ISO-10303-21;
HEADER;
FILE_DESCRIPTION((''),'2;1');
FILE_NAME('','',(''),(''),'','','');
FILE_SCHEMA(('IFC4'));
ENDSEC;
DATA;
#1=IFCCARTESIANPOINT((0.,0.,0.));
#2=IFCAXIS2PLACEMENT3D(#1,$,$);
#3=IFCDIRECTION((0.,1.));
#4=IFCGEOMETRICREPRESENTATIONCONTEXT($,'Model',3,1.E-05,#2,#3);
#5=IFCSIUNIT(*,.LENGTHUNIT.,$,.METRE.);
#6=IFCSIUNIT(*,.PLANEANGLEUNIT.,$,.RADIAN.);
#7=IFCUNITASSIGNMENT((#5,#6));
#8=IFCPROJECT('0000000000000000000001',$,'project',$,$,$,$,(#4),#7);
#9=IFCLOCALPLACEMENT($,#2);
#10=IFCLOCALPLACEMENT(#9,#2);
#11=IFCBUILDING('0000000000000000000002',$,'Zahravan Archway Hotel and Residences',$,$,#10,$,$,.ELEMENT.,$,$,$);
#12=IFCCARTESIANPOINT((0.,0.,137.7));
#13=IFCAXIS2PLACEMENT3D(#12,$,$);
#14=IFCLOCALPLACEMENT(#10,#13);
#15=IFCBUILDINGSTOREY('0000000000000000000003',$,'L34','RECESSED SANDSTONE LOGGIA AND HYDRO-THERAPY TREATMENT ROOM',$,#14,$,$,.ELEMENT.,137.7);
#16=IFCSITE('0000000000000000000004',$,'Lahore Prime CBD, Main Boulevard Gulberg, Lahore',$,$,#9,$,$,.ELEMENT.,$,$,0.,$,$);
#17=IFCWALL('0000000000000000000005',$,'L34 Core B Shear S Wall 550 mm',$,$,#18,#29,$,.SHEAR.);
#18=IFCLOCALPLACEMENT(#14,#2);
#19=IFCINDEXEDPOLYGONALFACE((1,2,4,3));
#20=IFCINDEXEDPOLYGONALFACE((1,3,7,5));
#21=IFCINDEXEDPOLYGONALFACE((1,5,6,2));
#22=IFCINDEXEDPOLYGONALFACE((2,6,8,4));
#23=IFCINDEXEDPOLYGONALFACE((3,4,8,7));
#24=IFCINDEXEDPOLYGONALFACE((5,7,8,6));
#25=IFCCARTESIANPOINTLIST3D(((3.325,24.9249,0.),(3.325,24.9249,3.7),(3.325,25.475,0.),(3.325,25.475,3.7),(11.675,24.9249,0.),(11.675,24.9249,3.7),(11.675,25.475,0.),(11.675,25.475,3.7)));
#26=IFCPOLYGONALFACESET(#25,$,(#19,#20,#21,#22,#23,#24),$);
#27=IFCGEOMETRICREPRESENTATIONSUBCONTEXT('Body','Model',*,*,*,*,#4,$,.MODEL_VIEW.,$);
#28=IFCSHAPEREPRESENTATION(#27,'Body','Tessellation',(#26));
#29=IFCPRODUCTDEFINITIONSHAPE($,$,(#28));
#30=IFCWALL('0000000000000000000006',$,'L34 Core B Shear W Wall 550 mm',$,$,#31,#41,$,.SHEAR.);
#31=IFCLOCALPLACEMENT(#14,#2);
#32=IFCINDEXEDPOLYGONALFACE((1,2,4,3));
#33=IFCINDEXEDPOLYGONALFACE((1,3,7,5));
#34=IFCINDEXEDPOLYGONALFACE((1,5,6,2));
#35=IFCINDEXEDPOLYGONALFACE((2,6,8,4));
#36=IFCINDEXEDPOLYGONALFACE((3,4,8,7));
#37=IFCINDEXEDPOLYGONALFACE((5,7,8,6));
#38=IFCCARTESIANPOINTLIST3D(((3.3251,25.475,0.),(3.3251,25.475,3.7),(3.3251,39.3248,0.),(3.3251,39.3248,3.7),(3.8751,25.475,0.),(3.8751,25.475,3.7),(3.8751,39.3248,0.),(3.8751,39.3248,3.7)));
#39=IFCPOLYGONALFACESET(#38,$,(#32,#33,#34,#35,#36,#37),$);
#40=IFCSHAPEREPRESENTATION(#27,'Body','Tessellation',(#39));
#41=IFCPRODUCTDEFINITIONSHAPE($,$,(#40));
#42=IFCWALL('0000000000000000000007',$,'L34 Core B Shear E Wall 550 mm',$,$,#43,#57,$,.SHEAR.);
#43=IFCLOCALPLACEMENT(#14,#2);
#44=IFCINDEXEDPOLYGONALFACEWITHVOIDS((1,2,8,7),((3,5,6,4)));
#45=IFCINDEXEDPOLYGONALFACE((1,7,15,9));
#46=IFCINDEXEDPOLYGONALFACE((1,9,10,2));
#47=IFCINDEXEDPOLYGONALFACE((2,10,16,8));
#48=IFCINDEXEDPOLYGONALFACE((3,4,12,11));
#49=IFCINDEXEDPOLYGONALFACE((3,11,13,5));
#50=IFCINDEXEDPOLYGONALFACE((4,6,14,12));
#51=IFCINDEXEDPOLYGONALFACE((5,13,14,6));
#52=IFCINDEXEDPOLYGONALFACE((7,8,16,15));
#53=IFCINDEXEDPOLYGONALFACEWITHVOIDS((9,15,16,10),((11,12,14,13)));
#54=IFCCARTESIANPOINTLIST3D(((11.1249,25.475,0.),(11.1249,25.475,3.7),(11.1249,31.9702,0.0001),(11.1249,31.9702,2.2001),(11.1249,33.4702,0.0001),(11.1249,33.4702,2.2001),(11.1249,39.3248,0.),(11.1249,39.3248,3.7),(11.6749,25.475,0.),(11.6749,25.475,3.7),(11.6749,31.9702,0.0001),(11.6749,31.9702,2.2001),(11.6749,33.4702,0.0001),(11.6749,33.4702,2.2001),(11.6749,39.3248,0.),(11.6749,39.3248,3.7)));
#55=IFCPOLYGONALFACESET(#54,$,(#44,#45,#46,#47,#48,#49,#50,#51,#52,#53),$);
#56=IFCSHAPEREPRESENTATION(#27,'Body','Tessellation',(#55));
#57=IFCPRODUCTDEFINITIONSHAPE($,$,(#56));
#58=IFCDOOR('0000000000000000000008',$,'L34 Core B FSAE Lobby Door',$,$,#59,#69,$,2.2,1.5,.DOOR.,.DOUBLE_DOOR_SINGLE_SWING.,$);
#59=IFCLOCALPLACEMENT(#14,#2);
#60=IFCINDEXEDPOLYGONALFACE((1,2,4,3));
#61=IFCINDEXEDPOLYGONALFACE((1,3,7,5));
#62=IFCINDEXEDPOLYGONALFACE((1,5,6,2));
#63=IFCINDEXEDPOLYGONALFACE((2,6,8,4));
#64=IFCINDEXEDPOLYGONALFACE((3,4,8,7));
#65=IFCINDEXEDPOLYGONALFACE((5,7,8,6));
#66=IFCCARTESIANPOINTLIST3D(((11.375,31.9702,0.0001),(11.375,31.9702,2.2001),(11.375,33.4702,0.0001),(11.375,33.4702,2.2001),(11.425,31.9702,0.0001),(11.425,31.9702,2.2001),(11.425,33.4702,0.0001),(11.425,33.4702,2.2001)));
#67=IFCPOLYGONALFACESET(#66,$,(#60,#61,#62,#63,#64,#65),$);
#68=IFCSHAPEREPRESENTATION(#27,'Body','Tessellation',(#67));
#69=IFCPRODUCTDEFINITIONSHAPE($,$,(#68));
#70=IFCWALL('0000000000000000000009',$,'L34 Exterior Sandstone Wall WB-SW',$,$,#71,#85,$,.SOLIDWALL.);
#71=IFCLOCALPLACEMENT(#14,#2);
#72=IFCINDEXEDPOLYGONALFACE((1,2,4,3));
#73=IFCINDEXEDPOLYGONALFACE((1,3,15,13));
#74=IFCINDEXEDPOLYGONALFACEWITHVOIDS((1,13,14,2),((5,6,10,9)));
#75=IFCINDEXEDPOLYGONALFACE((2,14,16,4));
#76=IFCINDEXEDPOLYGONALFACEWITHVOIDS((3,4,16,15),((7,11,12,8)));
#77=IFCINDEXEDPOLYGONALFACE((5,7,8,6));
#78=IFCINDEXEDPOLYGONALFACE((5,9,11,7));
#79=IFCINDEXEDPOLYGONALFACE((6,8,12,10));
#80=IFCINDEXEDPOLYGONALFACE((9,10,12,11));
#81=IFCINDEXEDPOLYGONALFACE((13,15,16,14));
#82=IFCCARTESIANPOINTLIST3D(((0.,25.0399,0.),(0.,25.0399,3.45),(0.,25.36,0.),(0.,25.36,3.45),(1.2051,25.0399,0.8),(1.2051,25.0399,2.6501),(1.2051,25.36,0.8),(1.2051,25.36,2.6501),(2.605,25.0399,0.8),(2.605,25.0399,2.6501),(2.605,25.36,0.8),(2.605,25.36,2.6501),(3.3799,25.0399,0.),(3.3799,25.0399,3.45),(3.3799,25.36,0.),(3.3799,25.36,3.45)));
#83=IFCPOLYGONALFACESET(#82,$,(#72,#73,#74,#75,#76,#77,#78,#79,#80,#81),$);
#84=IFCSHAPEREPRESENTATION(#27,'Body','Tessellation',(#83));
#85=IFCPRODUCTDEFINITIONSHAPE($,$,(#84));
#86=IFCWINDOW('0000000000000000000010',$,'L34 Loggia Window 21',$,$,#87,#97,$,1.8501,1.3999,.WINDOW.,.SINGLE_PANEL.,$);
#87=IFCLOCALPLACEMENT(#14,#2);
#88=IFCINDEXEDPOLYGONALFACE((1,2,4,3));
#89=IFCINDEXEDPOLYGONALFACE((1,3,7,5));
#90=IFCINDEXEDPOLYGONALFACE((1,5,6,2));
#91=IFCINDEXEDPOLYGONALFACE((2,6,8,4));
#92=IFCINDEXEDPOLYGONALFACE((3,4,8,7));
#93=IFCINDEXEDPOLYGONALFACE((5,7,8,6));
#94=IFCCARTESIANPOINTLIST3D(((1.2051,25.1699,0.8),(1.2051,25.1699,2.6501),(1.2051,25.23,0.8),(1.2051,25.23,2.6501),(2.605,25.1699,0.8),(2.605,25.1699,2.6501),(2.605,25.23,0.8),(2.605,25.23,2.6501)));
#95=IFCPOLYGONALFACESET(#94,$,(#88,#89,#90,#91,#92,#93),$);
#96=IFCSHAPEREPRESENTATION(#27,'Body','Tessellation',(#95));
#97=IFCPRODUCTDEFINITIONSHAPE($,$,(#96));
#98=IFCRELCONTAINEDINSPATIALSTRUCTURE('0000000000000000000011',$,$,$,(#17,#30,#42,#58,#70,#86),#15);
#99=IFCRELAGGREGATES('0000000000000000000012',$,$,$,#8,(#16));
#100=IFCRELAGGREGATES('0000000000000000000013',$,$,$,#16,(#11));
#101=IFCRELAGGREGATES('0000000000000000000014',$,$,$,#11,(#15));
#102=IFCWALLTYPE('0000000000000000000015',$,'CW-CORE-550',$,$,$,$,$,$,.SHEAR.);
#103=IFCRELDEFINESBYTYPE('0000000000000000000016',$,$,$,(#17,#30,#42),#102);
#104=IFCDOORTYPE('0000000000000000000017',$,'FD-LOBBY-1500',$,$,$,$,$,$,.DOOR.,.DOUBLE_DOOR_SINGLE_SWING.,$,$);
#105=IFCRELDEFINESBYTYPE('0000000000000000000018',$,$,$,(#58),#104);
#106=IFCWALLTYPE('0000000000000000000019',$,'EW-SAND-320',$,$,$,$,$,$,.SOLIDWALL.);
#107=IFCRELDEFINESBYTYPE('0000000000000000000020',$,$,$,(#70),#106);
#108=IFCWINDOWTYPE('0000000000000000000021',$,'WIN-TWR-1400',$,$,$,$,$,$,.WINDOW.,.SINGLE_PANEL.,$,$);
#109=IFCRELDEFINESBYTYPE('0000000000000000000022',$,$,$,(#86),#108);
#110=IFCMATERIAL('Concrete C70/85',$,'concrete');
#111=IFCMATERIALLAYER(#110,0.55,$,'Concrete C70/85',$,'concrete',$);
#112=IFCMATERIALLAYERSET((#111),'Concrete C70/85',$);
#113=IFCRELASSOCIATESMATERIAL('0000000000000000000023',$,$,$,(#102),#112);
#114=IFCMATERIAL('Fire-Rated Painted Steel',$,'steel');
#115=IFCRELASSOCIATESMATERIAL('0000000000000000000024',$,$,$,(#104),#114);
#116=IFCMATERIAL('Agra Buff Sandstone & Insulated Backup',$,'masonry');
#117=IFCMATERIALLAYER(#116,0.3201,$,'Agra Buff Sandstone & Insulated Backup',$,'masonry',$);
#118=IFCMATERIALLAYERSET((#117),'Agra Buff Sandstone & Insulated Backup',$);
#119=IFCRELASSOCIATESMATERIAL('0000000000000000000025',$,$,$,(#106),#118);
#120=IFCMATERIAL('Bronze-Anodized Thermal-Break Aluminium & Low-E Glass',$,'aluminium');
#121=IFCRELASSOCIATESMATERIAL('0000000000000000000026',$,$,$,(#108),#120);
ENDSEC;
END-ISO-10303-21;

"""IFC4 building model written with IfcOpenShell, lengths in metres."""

from ifc_helpers import new_model, si_unit, direction, frame, frame_2d, origin, place, context, subcontext, project, spatial, rectangle, extrude, source, transform, mapped, material, layer, layer_set, type_object, type_shapes, element, fill, save


model = new_model("IFC4")

# Units and contexts
model_context = context("Model", 3, precision=1e-05, world=origin(), true_north=direction((0.0, 1.0)))
body_context = subcontext(model_context, "Body", "Model", "MODEL_VIEW")
ifc_project = project(units=[si_unit("LENGTHUNIT", "METRE"), si_unit("PLANEANGLEUNIT", "RADIAN")], contexts=[model_context])

# Site, building, storey
site_placement = place(None, origin())
site = spatial("IfcSite", under=ifc_project, at=site_placement, Name="Lahore Prime CBD, Main Boulevard Gulberg, Lahore", CompositionType="ELEMENT", RefElevation=0.0)
building_placement = place(site_placement, origin())
building = spatial("IfcBuilding", under=site, at=building_placement, Name="Zahravan Archway Hotel and Residences", CompositionType="ELEMENT")
storey_placement = place(building_placement, frame((0.0, 0.0, 137.7)))
storey = spatial("IfcBuildingStorey", under=building, at=storey_placement, Name="L34", Description="RECESSED SANDSTONE LOGGIA AND HYDRO-THERAPY TREATMENT ROOM", CompositionType="ELEMENT", Elevation=137.7)

# Walls
ifc_material_1 = material(Name="Concrete C70/85", Category="concrete")
ifc_layer_1 = layer(ifc_material_1, 0.55, Name="Concrete C70/85", Category="concrete")
ifc_layer_set_1 = layer_set([ifc_layer_1], Name="Concrete C70/85")
wall_type_1 = type_object("IfcWallType", Name="CW-CORE-550", PredefinedType="SHEAR", material=ifc_layer_set_1)
wall_1_placement = place(storey_placement, frame((3.325, 25.2, 0.0), z_axis=(0.0, 0.0, 1.0), x_axis=(1.0, 0.0, 0.0)))
element("IfcWall", 1, at=wall_1_placement, inside=storey, type_object=wall_type_1, Name="L34 Core B Shear S Wall 550 mm", PredefinedType="SHEAR", context=body_context, shape_type="SweptSolid", body=[
    extrude(rectangle(XDim=8.3501, YDim=0.55, at=frame_2d((4.175, 0.0))), origin(), (0.0, 0.0, 1.0), 3.7),
])
wall_2_placement = place(storey_placement, frame((3.6001, 25.4751, 0.0), z_axis=(0.0, 0.0, 1.0), x_axis=(0.0, 1.0, 0.0)))
element("IfcWall", 2, at=wall_2_placement, inside=storey, type_object=wall_type_1, Name="L34 Core B Shear W Wall 550 mm", PredefinedType="SHEAR", context=body_context, shape_type="SweptSolid", body=[
    extrude(rectangle(XDim=13.8499, YDim=0.55, at=frame_2d((6.9248, 0.0))), origin(), (0.0, 0.0, 1.0), 3.7),
])

# Wall, opening, door
wall_3_placement = place(storey_placement, frame((11.3999, 25.4751, 0.0), z_axis=(0.0, 0.0, 1.0), x_axis=(0.0, 1.0, 0.0)))
wall_3 = element("IfcWall", 3, at=wall_3_placement, inside=storey, type_object=wall_type_1, Name="L34 Core B Shear E Wall 550 mm", PredefinedType="SHEAR", context=body_context, shape_type="SweptSolid", body=[
    extrude(rectangle(XDim=13.8499, YDim=0.55, at=frame_2d((6.9248, 0.0))), origin(), (0.0, 0.0, 1.0), 3.7),
])
opening_1_placement = place(wall_3_placement, frame((6.4951, 0.0, 0.0)))
opening_1 = element("IfcOpeningElement", 4, at=opening_1_placement, cuts=wall_3, PredefinedType="OPENING", context=body_context, shape_type="SweptSolid", body=[
    extrude(rectangle(XDim=1.5, YDim=2.2, at=frame_2d((0.75, 1.1001))), frame((0.0, 0.2852, 0.0), z_axis=(0.0, -1.0, 0.0), x_axis=(1.0, 0.0, 0.0)), (0.0, 0.0, 1.0), 0.5701),
])
ifc_material_2 = material(Name="Fire-Rated Painted Steel", Category="steel")
door_type_1 = type_object("IfcDoorType", Name="FD-LOBBY-1500", OperationType="DOUBLE_DOOR_SINGLE_SWING", PredefinedType="DOOR", material=ifc_material_2)
shared_shape_1 = source(origin(), body_context, "Body", "SweptSolid", [
    extrude(rectangle(XDim=1.5, YDim=2.2, at=frame_2d((0.75, 1.1001))), frame((0.0, 0.0249, 0.0), z_axis=(0.0, -1.0, 0.0), x_axis=(1.0, 0.0, 0.0)), (0.0, 0.0, 1.0), 0.05),
])
type_shapes(door_type_1, [shared_shape_1])
door_1_placement = place(opening_1_placement, origin())
door_1 = element("IfcDoor", 5, at=door_1_placement, inside=storey, type_object=door_type_1, Name="L34 Core B FSAE Lobby Door", OperationType="DOUBLE_DOOR_SINGLE_SWING", OverallHeight=2.2, OverallWidth=1.5, PredefinedType="DOOR", context=body_context, shape_type="MappedRepresentation", body=[
    mapped(shared_shape_1, transform((0.0, 0.0, 0.0), scale=1.0)),
])
fill(opening_1, door_1)

# Wall, opening, window
ifc_material_3 = material(Name="Agra Buff Sandstone & Insulated Backup", Category="masonry")
ifc_layer_2 = layer(ifc_material_3, 0.3201, Name="Agra Buff Sandstone & Insulated Backup", Category="masonry")
ifc_layer_set_2 = layer_set([ifc_layer_2], Name="Agra Buff Sandstone & Insulated Backup")
wall_type_2 = type_object("IfcWallType", Name="EW-SAND-320", PredefinedType="SOLIDWALL", material=ifc_layer_set_2)
wall_4_placement = place(storey_placement, frame((0.0, 25.2, 0.0), z_axis=(0.0, 0.0, 1.0), x_axis=(1.0, 0.0, 0.0)))
wall_4 = element("IfcWall", 6, at=wall_4_placement, inside=storey, type_object=wall_type_2, Name="L34 Exterior Sandstone Wall WB-SW", PredefinedType="SOLIDWALL", context=body_context, shape_type="SweptSolid", body=[
    extrude(rectangle(XDim=3.3799, YDim=0.3201, at=frame_2d((1.6899, 0.0))), origin(), (0.0, 0.0, 1.0), 3.45),
])
opening_2_placement = place(wall_4_placement, frame((1.2051, 0.0, 0.8)))
opening_2 = element("IfcOpeningElement", 7, at=opening_2_placement, cuts=wall_4, PredefinedType="OPENING", context=body_context, shape_type="SweptSolid", body=[
    extrude(rectangle(XDim=1.3999, YDim=1.8501, at=frame_2d((0.7, 0.925))), frame((0.0, 0.1699, 0.0), z_axis=(0.0, -1.0, 0.0), x_axis=(1.0, 0.0, 0.0)), (0.0, 0.0, 1.0), 0.3401),
])
ifc_material_4 = material(Name="Bronze-Anodized Thermal-Break Aluminium & Low-E Glass", Category="aluminium")
window_type_1 = type_object("IfcWindowType", Name="WIN-TWR-1400", PartitioningType="SINGLE_PANEL", PredefinedType="WINDOW", material=ifc_material_4)
shared_shape_2 = source(origin(), body_context, "Body", "SweptSolid", [
    extrude(rectangle(XDim=1.3999, YDim=1.8501, at=frame_2d((0.7, 0.925))), frame((0.0, 0.03, 0.0), z_axis=(0.0, -1.0, 0.0), x_axis=(1.0, 0.0, 0.0)), (0.0, 0.0, 1.0), 0.0601),
])
type_shapes(window_type_1, [shared_shape_2])
window_1_placement = place(opening_2_placement, origin())
window_1 = element("IfcWindow", 8, at=window_1_placement, inside=storey, type_object=window_type_1, Name="L34 Loggia Window 21", OverallHeight=1.8501, OverallWidth=1.3999, PartitioningType="SINGLE_PANEL", PredefinedType="WINDOW", context=body_context, shape_type="MappedRepresentation", body=[
    mapped(shared_shape_2, transform((0.0, 0.0, 0.0), scale=1.0)),
])
fill(opening_2, window_1)

save(model, "model.ifc")
